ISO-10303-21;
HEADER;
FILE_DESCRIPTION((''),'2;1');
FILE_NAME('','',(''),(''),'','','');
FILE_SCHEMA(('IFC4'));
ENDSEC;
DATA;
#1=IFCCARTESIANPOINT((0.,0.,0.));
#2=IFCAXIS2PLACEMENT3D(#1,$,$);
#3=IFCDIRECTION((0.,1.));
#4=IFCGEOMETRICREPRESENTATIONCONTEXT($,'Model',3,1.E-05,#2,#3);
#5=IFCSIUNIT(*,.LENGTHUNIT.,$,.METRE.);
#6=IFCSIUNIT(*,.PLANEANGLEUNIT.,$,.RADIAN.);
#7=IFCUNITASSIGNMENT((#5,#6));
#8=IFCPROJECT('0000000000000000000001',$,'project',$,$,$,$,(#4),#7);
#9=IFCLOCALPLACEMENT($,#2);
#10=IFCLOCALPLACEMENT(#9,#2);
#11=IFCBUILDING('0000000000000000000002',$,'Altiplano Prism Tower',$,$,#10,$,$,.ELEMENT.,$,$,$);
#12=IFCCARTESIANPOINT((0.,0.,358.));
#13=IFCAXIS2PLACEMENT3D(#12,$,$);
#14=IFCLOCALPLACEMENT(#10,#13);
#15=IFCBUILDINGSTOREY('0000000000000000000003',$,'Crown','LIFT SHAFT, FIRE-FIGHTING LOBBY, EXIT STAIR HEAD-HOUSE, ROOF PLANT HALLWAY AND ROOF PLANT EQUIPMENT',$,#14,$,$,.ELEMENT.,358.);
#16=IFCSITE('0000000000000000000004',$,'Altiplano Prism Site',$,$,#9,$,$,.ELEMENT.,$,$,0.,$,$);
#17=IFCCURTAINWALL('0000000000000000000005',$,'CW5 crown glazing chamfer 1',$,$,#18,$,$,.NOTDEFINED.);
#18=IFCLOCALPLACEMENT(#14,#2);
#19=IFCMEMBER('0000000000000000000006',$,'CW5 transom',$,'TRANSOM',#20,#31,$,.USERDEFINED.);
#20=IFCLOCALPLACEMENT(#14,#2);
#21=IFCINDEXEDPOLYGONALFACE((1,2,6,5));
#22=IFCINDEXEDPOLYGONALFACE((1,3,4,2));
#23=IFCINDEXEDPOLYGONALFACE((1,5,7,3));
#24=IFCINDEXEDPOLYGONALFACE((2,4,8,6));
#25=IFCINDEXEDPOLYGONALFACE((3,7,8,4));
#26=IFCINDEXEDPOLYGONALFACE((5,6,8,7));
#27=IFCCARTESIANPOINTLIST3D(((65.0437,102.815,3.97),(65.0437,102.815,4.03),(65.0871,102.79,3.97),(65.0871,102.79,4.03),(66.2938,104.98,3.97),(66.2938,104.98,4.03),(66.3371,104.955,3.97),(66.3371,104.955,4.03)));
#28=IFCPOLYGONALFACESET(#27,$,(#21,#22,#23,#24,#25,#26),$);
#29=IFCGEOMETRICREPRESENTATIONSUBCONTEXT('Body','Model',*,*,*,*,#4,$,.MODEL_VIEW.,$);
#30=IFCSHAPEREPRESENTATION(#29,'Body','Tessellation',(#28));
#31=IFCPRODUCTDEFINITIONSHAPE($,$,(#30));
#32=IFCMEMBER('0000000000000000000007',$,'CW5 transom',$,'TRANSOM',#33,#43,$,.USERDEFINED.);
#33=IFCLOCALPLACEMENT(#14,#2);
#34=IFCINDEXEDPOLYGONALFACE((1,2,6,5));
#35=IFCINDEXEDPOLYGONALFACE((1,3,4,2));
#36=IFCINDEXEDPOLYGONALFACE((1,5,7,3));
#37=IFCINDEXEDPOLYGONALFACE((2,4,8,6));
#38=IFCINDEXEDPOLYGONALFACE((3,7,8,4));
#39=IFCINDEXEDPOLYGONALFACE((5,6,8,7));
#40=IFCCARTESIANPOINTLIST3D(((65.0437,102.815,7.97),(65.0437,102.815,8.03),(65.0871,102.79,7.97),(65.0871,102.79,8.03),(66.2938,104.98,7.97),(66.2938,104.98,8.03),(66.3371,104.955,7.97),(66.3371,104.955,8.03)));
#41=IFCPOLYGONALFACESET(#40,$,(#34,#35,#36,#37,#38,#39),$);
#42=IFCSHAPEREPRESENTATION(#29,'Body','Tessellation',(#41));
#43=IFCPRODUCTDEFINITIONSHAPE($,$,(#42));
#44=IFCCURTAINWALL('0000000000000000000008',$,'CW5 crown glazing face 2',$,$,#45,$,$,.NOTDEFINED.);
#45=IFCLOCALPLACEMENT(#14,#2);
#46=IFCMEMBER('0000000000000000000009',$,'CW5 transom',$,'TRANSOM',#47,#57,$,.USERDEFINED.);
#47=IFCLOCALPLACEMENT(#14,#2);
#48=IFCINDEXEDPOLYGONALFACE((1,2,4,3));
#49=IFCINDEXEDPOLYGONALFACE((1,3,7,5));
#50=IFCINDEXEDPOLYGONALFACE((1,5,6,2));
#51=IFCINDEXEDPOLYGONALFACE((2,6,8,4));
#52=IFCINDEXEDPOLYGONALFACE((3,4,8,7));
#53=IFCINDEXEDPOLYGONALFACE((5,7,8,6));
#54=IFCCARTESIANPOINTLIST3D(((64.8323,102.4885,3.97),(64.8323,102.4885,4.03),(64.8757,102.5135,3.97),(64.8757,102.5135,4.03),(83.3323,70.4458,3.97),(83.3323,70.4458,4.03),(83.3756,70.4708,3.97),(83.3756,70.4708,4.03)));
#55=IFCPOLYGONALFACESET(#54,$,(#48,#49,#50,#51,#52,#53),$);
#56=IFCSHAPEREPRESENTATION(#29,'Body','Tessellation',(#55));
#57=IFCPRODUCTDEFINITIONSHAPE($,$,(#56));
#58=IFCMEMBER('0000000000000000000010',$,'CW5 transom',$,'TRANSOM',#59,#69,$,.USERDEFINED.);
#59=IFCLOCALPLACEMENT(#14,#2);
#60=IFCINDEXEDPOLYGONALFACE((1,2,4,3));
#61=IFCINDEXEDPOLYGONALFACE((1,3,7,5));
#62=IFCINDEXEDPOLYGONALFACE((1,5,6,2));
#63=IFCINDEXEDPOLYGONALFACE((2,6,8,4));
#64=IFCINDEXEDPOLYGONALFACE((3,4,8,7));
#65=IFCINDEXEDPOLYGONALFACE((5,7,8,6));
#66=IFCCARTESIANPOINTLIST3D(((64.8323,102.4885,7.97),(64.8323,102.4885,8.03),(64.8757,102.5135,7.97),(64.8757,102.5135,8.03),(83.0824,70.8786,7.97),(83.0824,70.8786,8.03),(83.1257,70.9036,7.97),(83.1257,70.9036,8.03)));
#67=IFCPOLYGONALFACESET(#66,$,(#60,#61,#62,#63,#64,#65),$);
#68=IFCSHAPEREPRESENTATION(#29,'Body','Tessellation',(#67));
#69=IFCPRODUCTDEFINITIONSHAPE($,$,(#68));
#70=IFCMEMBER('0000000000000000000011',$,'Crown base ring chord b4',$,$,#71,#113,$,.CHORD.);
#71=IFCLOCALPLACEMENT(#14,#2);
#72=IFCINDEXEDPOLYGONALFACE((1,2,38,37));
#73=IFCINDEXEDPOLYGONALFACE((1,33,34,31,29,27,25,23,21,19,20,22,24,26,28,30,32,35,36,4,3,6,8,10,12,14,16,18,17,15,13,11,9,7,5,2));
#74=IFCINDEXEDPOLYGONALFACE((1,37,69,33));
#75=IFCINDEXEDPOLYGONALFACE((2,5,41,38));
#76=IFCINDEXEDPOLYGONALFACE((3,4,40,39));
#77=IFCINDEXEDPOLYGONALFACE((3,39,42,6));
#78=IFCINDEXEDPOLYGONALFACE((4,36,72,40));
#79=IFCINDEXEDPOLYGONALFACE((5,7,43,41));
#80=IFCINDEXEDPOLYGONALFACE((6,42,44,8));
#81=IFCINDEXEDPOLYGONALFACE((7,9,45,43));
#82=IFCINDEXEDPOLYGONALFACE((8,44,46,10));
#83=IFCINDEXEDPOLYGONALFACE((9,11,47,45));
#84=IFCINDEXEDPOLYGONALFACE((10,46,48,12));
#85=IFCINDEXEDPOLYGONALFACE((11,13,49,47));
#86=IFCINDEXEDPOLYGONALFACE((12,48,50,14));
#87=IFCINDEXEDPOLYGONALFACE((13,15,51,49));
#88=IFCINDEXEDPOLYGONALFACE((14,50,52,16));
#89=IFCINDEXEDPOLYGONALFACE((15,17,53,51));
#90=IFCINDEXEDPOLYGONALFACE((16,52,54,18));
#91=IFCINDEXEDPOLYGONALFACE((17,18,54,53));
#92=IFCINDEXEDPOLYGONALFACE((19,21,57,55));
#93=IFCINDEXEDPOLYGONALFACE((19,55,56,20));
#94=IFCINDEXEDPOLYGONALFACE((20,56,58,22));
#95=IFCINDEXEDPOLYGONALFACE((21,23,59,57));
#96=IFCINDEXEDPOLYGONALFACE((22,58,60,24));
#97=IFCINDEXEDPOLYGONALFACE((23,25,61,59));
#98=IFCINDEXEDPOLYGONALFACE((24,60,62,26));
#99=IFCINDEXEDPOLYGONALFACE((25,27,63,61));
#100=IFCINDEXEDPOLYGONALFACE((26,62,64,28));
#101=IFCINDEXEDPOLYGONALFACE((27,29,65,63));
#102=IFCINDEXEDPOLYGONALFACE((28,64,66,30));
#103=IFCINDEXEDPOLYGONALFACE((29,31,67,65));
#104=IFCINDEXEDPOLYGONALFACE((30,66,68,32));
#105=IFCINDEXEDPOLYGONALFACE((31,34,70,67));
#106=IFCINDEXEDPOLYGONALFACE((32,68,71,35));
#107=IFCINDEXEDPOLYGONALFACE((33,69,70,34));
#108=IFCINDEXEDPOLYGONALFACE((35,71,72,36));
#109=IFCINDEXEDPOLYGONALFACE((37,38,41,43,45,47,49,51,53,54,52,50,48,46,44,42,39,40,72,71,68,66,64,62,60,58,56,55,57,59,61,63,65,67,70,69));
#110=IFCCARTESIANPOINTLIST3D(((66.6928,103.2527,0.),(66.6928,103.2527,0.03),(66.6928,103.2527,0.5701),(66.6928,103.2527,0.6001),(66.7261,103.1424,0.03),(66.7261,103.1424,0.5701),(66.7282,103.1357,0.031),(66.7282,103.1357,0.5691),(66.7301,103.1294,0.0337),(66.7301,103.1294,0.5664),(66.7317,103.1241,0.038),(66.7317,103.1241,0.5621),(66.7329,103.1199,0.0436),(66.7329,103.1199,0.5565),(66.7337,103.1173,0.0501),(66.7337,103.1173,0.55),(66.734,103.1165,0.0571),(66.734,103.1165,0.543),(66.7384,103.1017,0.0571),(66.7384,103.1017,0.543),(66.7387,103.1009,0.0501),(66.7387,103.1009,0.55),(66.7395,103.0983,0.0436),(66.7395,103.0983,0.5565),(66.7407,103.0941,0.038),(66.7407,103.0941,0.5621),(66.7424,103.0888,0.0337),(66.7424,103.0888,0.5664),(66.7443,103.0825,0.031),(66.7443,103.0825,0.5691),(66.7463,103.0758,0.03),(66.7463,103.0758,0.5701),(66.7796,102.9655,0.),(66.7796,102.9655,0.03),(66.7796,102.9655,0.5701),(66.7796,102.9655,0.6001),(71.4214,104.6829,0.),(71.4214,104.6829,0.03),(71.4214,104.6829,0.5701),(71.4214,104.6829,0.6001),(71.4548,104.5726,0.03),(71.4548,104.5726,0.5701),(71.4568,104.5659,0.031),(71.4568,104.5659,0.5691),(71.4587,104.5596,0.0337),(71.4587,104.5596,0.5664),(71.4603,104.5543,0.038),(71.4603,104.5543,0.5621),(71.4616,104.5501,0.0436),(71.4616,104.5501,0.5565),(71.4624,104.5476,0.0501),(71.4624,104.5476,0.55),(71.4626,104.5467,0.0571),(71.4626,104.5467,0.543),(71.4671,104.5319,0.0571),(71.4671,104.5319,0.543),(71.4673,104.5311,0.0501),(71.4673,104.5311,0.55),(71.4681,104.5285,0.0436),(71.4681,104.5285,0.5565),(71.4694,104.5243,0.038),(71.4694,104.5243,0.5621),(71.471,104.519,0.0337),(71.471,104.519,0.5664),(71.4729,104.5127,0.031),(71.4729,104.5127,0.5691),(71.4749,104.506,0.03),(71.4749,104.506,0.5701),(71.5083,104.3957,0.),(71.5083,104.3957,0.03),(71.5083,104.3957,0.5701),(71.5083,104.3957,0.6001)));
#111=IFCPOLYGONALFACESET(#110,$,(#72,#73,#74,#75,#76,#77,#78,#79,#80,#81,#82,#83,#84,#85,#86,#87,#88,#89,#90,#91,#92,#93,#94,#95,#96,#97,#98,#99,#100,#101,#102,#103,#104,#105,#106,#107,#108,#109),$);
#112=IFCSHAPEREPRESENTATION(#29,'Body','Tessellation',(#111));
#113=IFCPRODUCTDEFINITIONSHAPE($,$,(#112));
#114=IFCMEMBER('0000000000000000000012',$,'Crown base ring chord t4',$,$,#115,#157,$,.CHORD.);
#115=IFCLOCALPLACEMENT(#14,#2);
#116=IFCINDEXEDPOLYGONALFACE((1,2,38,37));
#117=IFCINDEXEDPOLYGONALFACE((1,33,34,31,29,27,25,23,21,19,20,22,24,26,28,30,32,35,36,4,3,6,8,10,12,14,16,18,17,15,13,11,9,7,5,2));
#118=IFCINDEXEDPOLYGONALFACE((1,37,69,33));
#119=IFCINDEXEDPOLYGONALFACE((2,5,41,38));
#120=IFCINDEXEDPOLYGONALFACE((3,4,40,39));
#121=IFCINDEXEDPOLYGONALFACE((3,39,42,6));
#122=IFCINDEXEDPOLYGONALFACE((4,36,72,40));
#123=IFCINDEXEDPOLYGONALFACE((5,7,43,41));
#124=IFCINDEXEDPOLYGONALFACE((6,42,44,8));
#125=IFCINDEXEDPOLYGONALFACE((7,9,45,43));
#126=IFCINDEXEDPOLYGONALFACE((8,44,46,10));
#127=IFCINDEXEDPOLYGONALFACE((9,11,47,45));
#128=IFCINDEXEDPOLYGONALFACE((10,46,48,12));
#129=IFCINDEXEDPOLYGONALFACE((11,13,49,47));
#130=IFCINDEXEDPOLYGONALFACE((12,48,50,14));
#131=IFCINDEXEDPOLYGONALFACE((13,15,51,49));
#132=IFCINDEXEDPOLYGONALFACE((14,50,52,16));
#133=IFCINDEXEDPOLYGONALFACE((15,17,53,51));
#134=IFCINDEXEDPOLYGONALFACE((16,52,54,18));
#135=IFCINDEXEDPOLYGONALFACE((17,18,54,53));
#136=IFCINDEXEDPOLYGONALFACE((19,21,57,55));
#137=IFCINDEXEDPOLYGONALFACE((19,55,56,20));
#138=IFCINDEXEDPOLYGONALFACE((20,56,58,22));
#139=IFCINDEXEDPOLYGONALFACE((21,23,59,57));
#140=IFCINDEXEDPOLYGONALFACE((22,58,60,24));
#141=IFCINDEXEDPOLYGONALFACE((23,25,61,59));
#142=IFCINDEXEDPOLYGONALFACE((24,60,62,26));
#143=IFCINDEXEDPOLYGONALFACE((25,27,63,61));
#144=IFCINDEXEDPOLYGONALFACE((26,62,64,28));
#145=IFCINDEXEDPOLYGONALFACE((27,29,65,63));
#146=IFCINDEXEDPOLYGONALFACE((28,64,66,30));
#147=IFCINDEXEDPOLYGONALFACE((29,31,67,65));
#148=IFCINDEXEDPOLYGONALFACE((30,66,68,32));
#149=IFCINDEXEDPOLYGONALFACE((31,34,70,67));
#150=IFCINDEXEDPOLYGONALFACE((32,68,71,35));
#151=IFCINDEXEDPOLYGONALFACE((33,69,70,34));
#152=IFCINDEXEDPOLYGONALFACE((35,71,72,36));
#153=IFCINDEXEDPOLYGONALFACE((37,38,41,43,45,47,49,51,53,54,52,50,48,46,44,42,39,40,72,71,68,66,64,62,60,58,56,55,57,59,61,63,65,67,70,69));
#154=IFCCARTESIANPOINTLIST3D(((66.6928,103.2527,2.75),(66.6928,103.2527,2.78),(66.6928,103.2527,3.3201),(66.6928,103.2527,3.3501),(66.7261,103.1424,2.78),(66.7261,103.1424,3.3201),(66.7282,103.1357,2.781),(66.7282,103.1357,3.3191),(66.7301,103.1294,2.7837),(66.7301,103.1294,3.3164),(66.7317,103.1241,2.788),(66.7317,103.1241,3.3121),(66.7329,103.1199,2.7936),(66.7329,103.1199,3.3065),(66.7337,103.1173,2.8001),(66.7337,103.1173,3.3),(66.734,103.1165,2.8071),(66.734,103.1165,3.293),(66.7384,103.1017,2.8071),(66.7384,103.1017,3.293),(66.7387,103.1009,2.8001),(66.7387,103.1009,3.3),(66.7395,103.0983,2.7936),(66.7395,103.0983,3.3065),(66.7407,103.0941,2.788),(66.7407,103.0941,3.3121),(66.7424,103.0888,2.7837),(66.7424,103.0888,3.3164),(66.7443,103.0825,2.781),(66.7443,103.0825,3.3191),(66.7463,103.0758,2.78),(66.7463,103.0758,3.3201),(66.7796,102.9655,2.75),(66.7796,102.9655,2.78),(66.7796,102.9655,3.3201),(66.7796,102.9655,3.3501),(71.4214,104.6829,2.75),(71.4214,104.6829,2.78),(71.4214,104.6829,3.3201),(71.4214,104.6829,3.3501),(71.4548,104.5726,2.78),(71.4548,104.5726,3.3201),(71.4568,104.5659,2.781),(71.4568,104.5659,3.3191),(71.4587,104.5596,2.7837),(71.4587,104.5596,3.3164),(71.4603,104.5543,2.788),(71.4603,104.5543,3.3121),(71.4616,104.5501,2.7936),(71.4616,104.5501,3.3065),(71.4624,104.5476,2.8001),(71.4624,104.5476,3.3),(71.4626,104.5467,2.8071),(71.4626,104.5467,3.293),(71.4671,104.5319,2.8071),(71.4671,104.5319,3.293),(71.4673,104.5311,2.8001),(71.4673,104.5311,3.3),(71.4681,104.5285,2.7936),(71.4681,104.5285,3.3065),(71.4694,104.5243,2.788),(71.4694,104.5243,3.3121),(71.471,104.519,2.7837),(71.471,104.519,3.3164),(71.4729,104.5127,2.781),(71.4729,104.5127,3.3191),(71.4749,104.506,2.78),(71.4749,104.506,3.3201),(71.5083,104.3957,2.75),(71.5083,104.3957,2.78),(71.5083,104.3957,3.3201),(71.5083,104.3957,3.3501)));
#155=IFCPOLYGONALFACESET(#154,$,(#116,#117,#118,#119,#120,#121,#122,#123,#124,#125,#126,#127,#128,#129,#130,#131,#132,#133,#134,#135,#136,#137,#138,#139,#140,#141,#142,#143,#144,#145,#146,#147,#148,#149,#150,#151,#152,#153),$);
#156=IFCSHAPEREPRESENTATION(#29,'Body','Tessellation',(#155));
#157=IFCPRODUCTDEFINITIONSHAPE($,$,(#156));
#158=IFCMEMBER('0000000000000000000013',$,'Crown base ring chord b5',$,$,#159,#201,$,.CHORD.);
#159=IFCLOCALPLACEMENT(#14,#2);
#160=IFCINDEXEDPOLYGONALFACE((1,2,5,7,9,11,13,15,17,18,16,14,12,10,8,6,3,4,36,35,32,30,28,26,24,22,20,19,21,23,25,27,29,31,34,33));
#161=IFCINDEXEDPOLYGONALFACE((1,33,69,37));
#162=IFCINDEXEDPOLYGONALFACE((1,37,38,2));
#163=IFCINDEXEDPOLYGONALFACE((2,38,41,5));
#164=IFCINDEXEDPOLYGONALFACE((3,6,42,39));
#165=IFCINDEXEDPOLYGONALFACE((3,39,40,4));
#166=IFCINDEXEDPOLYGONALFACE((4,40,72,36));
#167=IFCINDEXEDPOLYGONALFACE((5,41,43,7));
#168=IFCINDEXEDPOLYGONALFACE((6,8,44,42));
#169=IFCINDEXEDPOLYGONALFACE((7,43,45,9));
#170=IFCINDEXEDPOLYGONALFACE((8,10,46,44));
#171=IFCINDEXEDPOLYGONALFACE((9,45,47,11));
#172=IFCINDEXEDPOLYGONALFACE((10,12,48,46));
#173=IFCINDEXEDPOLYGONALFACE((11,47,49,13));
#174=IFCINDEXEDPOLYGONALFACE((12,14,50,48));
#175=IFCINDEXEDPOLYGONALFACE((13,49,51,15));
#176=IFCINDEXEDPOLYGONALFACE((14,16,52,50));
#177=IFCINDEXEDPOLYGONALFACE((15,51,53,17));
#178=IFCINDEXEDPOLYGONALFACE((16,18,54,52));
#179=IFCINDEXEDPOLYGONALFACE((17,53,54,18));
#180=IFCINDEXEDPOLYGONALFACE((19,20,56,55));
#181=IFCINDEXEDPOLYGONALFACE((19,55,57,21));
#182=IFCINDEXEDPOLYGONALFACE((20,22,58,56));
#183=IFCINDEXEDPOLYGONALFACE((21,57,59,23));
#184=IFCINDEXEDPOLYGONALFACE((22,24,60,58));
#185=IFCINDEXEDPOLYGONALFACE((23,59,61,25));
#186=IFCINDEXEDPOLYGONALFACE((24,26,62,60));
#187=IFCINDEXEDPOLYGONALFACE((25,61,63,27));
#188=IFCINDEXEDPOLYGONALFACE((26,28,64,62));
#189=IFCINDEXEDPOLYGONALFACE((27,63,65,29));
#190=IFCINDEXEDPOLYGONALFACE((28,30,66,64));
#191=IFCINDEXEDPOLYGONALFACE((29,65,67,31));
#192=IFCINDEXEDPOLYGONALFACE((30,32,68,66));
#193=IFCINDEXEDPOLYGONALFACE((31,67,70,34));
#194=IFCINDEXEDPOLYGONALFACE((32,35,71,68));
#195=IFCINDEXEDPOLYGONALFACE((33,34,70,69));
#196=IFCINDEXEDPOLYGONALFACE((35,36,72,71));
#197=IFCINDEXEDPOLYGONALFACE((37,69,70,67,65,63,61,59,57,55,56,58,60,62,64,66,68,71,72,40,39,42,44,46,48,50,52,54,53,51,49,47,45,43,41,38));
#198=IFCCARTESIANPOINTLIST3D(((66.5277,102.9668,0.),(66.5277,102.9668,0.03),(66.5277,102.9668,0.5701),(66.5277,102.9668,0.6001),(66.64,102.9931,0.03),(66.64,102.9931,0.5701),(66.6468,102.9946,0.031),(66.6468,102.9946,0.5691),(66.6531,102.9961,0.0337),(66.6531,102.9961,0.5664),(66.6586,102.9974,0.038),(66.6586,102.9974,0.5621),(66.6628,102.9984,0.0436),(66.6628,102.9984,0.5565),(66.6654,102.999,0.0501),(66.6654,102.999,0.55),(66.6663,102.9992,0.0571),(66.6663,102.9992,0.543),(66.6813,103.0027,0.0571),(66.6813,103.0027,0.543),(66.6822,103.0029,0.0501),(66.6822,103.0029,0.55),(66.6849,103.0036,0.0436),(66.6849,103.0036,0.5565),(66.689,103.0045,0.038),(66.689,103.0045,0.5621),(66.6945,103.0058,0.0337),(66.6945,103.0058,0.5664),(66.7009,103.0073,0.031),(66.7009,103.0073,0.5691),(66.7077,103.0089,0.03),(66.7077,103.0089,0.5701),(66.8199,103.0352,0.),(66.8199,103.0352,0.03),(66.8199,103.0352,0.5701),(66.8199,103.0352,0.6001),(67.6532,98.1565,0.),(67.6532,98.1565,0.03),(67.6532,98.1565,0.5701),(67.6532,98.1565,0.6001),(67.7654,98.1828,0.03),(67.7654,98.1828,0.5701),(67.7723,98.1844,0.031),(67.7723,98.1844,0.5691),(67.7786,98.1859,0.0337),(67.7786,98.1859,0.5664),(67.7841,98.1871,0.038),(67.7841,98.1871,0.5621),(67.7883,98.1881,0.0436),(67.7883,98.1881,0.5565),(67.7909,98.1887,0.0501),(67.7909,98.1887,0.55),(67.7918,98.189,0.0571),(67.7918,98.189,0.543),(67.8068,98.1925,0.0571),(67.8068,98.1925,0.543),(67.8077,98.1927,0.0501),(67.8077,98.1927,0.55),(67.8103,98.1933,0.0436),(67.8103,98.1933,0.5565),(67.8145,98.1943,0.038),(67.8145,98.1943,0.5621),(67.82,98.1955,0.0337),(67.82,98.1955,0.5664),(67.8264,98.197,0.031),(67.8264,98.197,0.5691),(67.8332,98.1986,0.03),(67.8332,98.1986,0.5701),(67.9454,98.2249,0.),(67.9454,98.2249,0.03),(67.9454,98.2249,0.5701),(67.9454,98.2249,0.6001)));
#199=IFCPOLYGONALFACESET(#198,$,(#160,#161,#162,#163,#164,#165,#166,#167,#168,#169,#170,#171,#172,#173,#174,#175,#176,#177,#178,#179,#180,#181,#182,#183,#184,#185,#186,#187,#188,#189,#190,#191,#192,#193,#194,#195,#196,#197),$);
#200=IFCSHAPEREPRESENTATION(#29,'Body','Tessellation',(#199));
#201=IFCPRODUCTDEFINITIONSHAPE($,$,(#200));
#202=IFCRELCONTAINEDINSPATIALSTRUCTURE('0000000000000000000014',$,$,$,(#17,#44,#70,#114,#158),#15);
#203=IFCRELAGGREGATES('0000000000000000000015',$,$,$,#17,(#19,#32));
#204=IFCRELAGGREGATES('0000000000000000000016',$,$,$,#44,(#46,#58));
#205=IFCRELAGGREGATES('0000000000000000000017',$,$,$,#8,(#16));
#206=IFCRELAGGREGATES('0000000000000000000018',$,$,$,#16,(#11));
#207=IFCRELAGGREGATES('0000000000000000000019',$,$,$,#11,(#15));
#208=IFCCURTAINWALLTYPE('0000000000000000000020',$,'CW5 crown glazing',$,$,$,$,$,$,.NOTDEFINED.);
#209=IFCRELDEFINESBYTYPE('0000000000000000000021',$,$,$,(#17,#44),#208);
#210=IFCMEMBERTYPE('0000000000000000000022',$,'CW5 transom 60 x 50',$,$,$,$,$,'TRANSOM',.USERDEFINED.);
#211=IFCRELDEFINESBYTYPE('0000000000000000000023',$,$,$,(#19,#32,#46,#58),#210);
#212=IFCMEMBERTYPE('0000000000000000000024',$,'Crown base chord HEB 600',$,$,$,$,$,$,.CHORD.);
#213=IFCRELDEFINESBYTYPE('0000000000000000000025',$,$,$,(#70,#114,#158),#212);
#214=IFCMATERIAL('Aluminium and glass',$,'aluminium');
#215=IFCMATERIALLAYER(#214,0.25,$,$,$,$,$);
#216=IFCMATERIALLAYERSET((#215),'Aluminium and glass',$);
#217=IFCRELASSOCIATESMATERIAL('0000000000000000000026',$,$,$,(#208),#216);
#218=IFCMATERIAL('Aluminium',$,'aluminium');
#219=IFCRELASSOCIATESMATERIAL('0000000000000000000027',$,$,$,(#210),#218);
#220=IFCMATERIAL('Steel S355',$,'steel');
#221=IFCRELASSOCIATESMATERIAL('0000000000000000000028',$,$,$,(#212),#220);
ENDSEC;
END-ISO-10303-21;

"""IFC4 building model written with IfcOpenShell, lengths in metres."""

from ifc_helpers import new_model, si_unit, direction, frame, origin, origin_2d, place, context, subcontext, project, spatial, rectangle, i_section, extrude, material, layer, layer_set, material_profile, profile_set, type_object, element, aggregate, save


model = new_model("IFC4")

# Units and contexts
model_context = context("Model", 3, precision=1e-05, world=origin(), true_north=direction((0.0, 1.0)))
body_context = subcontext(model_context, "Body", "Model", "MODEL_VIEW")
ifc_project = project(units=[si_unit("LENGTHUNIT", "METRE"), si_unit("PLANEANGLEUNIT", "RADIAN")], contexts=[model_context])

# Site, building, storey
site_placement = place(None, origin())
site = spatial("IfcSite", under=ifc_project, at=site_placement, Name="Altiplano Prism Site", CompositionType="ELEMENT", RefElevation=0.0)
building_placement = place(site_placement, origin())
building = spatial("IfcBuilding", under=site, at=building_placement, Name="Altiplano Prism Tower", CompositionType="ELEMENT")
storey_placement = place(building_placement, frame((0.0, 0.0, 358.0)))
storey = spatial("IfcBuildingStorey", under=building, at=storey_placement, Name="Crown", Description="LIFT SHAFT, FIRE-FIGHTING LOBBY, EXIT STAIR HEAD-HOUSE, ROOF PLANT HALLWAY AND ROOF PLANT EQUIPMENT", CompositionType="ELEMENT", Elevation=358.0)

# Curtain walls, members
ifc_material_1 = material(Name="Aluminium and glass", Category="aluminium")
ifc_layer_1 = layer(ifc_material_1, 0.25)
ifc_layer_set_1 = layer_set([ifc_layer_1], Name="Aluminium and glass")
curtain_wall_type = type_object("IfcCurtainWallType", Name="CW5 crown glazing", PredefinedType="NOTDEFINED", material=ifc_layer_set_1)
curtain_wall_1_placement = place(storey_placement, origin())
curtain_wall_1 = element("IfcCurtainWall", 1, at=curtain_wall_1_placement, inside=storey, type_object=curtain_wall_type, Name="CW5 crown glazing chamfer 1", PredefinedType="NOTDEFINED")
ifc_material_2 = material(Name="Aluminium", Category="aluminium")
ifc_material_profile_1 = material_profile(ifc_material_2, rectangle(XDim=0.05, YDim=0.0601, at=origin_2d()), Name="CW5 transom 60 x 50")
ifc_profile_set_1 = profile_set([ifc_material_profile_1], Name="Aluminium")
member_type_1 = type_object("IfcMemberType", Name="CW5 transom 60 x 50", ElementType="TRANSOM", PredefinedType="USERDEFINED", material=ifc_profile_set_1)
member_1_placement = place(storey_placement, frame((66.3154, 104.9675, 4.0), z_axis=(-0.500004, -0.866023, 0.0), x_axis=(0.866023, -0.500004, 0.0)))
member_1 = element("IfcMember", 2, at=member_1_placement, type_object=member_type_1, Name="CW5 transom", ObjectType="TRANSOM", PredefinedType="USERDEFINED", context=body_context, shape_type="SweptSolid", body=[
    extrude(rectangle(XDim=0.05, YDim=0.0601, at=origin_2d()), origin(), (0.0, 0.0, 1.0), 2.5),
])
member_2_placement = place(storey_placement, frame((66.3154, 104.9675, 8.0), z_axis=(-0.500004, -0.866023, 0.0), x_axis=(0.866023, -0.500004, 0.0)))
member_2 = element("IfcMember", 3, at=member_2_placement, type_object=member_type_1, Name="CW5 transom", ObjectType="TRANSOM", PredefinedType="USERDEFINED", context=body_context, shape_type="SweptSolid", body=[
    extrude(rectangle(XDim=0.05, YDim=0.0601, at=origin_2d()), origin(), (0.0, 0.0, 1.0), 2.5),
])
curtain_wall_2_placement = place(storey_placement, origin())
curtain_wall_2 = element("IfcCurtainWall", 4, at=curtain_wall_2_placement, inside=storey, type_object=curtain_wall_type, Name="CW5 crown glazing face 2", PredefinedType="NOTDEFINED")
member_3_placement = place(storey_placement, frame((64.854, 102.501, 4.0), z_axis=(0.500003, -0.866024, 0.0), x_axis=(0.866024, 0.500003, 0.0)))
member_3 = element("IfcMember", 5, at=member_3_placement, type_object=member_type_1, Name="CW5 transom", ObjectType="TRANSOM", PredefinedType="USERDEFINED", context=body_context, shape_type="SweptSolid", body=[
    extrude(rectangle(XDim=0.05, YDim=0.0601, at=origin_2d()), origin(), (0.0, 0.0, 1.0), 36.9998),
])
member_4_placement = place(storey_placement, frame((64.854, 102.501, 8.0), z_axis=(0.500001, -0.866025, 0.0), x_axis=(0.866025, 0.500001, 0.0)))
member_4 = element("IfcMember", 6, at=member_4_placement, type_object=member_type_1, Name="CW5 transom", ObjectType="TRANSOM", PredefinedType="USERDEFINED", context=body_context, shape_type="SweptSolid", body=[
    extrude(rectangle(XDim=0.05, YDim=0.0601, at=origin_2d()), origin(), (0.0, 0.0, 1.0), 36.5),
])

# Members
ifc_material_3 = material(Name="Steel S355", Category="steel")
ifc_material_profile_2 = material_profile(ifc_material_3, i_section(OverallWidth=0.3, OverallDepth=0.6001, WebThickness=0.0154, FlangeThickness=0.03, FilletRadius=0.0271, at=origin_2d()), Name="Crown base chord HEB 600")
ifc_profile_set_2 = profile_set([ifc_material_profile_2], Name="Steel S355")
member_type_2 = type_object("IfcMemberType", Name="Crown base chord HEB 600", PredefinedType="CHORD", material=ifc_profile_set_2)
for number, where, z_axis, x_axis, name in (
    (7, (71.4648, 104.5393, 0.3), (-0.957176, -0.289505, 0.0), (0.289505, -0.957176, 0.0), "Crown base ring chord b4"),
    (8, (71.4648, 104.5393, 3.05), (-0.957176, -0.289505, 0.0), (0.289505, -0.957176, 0.0), "Crown base ring chord t4"),
    (9, (66.6738, 103.001, 0.3), (0.227822, -0.973703, 0.0), (0.973703, 0.227822, 0.0), "Crown base ring chord b5"),
):
    element("IfcMember", number, at=place(storey_placement, frame(where, z_axis=z_axis, x_axis=x_axis)), inside=storey, type_object=member_type_2, Name=name, PredefinedType="CHORD", context=body_context, shape_type="SweptSolid", body=[
        extrude(i_section(OverallWidth=0.3, OverallDepth=0.6001, WebThickness=0.0154, FlangeThickness=0.03, FilletRadius=0.0271, at=origin_2d()), origin(), (0.0, 0.0, 1.0), 4.9402),
    ])

aggregate(curtain_wall_1, [member_1, member_2])
aggregate(curtain_wall_2, [member_3, member_4])

save(model, "model.ifc")
